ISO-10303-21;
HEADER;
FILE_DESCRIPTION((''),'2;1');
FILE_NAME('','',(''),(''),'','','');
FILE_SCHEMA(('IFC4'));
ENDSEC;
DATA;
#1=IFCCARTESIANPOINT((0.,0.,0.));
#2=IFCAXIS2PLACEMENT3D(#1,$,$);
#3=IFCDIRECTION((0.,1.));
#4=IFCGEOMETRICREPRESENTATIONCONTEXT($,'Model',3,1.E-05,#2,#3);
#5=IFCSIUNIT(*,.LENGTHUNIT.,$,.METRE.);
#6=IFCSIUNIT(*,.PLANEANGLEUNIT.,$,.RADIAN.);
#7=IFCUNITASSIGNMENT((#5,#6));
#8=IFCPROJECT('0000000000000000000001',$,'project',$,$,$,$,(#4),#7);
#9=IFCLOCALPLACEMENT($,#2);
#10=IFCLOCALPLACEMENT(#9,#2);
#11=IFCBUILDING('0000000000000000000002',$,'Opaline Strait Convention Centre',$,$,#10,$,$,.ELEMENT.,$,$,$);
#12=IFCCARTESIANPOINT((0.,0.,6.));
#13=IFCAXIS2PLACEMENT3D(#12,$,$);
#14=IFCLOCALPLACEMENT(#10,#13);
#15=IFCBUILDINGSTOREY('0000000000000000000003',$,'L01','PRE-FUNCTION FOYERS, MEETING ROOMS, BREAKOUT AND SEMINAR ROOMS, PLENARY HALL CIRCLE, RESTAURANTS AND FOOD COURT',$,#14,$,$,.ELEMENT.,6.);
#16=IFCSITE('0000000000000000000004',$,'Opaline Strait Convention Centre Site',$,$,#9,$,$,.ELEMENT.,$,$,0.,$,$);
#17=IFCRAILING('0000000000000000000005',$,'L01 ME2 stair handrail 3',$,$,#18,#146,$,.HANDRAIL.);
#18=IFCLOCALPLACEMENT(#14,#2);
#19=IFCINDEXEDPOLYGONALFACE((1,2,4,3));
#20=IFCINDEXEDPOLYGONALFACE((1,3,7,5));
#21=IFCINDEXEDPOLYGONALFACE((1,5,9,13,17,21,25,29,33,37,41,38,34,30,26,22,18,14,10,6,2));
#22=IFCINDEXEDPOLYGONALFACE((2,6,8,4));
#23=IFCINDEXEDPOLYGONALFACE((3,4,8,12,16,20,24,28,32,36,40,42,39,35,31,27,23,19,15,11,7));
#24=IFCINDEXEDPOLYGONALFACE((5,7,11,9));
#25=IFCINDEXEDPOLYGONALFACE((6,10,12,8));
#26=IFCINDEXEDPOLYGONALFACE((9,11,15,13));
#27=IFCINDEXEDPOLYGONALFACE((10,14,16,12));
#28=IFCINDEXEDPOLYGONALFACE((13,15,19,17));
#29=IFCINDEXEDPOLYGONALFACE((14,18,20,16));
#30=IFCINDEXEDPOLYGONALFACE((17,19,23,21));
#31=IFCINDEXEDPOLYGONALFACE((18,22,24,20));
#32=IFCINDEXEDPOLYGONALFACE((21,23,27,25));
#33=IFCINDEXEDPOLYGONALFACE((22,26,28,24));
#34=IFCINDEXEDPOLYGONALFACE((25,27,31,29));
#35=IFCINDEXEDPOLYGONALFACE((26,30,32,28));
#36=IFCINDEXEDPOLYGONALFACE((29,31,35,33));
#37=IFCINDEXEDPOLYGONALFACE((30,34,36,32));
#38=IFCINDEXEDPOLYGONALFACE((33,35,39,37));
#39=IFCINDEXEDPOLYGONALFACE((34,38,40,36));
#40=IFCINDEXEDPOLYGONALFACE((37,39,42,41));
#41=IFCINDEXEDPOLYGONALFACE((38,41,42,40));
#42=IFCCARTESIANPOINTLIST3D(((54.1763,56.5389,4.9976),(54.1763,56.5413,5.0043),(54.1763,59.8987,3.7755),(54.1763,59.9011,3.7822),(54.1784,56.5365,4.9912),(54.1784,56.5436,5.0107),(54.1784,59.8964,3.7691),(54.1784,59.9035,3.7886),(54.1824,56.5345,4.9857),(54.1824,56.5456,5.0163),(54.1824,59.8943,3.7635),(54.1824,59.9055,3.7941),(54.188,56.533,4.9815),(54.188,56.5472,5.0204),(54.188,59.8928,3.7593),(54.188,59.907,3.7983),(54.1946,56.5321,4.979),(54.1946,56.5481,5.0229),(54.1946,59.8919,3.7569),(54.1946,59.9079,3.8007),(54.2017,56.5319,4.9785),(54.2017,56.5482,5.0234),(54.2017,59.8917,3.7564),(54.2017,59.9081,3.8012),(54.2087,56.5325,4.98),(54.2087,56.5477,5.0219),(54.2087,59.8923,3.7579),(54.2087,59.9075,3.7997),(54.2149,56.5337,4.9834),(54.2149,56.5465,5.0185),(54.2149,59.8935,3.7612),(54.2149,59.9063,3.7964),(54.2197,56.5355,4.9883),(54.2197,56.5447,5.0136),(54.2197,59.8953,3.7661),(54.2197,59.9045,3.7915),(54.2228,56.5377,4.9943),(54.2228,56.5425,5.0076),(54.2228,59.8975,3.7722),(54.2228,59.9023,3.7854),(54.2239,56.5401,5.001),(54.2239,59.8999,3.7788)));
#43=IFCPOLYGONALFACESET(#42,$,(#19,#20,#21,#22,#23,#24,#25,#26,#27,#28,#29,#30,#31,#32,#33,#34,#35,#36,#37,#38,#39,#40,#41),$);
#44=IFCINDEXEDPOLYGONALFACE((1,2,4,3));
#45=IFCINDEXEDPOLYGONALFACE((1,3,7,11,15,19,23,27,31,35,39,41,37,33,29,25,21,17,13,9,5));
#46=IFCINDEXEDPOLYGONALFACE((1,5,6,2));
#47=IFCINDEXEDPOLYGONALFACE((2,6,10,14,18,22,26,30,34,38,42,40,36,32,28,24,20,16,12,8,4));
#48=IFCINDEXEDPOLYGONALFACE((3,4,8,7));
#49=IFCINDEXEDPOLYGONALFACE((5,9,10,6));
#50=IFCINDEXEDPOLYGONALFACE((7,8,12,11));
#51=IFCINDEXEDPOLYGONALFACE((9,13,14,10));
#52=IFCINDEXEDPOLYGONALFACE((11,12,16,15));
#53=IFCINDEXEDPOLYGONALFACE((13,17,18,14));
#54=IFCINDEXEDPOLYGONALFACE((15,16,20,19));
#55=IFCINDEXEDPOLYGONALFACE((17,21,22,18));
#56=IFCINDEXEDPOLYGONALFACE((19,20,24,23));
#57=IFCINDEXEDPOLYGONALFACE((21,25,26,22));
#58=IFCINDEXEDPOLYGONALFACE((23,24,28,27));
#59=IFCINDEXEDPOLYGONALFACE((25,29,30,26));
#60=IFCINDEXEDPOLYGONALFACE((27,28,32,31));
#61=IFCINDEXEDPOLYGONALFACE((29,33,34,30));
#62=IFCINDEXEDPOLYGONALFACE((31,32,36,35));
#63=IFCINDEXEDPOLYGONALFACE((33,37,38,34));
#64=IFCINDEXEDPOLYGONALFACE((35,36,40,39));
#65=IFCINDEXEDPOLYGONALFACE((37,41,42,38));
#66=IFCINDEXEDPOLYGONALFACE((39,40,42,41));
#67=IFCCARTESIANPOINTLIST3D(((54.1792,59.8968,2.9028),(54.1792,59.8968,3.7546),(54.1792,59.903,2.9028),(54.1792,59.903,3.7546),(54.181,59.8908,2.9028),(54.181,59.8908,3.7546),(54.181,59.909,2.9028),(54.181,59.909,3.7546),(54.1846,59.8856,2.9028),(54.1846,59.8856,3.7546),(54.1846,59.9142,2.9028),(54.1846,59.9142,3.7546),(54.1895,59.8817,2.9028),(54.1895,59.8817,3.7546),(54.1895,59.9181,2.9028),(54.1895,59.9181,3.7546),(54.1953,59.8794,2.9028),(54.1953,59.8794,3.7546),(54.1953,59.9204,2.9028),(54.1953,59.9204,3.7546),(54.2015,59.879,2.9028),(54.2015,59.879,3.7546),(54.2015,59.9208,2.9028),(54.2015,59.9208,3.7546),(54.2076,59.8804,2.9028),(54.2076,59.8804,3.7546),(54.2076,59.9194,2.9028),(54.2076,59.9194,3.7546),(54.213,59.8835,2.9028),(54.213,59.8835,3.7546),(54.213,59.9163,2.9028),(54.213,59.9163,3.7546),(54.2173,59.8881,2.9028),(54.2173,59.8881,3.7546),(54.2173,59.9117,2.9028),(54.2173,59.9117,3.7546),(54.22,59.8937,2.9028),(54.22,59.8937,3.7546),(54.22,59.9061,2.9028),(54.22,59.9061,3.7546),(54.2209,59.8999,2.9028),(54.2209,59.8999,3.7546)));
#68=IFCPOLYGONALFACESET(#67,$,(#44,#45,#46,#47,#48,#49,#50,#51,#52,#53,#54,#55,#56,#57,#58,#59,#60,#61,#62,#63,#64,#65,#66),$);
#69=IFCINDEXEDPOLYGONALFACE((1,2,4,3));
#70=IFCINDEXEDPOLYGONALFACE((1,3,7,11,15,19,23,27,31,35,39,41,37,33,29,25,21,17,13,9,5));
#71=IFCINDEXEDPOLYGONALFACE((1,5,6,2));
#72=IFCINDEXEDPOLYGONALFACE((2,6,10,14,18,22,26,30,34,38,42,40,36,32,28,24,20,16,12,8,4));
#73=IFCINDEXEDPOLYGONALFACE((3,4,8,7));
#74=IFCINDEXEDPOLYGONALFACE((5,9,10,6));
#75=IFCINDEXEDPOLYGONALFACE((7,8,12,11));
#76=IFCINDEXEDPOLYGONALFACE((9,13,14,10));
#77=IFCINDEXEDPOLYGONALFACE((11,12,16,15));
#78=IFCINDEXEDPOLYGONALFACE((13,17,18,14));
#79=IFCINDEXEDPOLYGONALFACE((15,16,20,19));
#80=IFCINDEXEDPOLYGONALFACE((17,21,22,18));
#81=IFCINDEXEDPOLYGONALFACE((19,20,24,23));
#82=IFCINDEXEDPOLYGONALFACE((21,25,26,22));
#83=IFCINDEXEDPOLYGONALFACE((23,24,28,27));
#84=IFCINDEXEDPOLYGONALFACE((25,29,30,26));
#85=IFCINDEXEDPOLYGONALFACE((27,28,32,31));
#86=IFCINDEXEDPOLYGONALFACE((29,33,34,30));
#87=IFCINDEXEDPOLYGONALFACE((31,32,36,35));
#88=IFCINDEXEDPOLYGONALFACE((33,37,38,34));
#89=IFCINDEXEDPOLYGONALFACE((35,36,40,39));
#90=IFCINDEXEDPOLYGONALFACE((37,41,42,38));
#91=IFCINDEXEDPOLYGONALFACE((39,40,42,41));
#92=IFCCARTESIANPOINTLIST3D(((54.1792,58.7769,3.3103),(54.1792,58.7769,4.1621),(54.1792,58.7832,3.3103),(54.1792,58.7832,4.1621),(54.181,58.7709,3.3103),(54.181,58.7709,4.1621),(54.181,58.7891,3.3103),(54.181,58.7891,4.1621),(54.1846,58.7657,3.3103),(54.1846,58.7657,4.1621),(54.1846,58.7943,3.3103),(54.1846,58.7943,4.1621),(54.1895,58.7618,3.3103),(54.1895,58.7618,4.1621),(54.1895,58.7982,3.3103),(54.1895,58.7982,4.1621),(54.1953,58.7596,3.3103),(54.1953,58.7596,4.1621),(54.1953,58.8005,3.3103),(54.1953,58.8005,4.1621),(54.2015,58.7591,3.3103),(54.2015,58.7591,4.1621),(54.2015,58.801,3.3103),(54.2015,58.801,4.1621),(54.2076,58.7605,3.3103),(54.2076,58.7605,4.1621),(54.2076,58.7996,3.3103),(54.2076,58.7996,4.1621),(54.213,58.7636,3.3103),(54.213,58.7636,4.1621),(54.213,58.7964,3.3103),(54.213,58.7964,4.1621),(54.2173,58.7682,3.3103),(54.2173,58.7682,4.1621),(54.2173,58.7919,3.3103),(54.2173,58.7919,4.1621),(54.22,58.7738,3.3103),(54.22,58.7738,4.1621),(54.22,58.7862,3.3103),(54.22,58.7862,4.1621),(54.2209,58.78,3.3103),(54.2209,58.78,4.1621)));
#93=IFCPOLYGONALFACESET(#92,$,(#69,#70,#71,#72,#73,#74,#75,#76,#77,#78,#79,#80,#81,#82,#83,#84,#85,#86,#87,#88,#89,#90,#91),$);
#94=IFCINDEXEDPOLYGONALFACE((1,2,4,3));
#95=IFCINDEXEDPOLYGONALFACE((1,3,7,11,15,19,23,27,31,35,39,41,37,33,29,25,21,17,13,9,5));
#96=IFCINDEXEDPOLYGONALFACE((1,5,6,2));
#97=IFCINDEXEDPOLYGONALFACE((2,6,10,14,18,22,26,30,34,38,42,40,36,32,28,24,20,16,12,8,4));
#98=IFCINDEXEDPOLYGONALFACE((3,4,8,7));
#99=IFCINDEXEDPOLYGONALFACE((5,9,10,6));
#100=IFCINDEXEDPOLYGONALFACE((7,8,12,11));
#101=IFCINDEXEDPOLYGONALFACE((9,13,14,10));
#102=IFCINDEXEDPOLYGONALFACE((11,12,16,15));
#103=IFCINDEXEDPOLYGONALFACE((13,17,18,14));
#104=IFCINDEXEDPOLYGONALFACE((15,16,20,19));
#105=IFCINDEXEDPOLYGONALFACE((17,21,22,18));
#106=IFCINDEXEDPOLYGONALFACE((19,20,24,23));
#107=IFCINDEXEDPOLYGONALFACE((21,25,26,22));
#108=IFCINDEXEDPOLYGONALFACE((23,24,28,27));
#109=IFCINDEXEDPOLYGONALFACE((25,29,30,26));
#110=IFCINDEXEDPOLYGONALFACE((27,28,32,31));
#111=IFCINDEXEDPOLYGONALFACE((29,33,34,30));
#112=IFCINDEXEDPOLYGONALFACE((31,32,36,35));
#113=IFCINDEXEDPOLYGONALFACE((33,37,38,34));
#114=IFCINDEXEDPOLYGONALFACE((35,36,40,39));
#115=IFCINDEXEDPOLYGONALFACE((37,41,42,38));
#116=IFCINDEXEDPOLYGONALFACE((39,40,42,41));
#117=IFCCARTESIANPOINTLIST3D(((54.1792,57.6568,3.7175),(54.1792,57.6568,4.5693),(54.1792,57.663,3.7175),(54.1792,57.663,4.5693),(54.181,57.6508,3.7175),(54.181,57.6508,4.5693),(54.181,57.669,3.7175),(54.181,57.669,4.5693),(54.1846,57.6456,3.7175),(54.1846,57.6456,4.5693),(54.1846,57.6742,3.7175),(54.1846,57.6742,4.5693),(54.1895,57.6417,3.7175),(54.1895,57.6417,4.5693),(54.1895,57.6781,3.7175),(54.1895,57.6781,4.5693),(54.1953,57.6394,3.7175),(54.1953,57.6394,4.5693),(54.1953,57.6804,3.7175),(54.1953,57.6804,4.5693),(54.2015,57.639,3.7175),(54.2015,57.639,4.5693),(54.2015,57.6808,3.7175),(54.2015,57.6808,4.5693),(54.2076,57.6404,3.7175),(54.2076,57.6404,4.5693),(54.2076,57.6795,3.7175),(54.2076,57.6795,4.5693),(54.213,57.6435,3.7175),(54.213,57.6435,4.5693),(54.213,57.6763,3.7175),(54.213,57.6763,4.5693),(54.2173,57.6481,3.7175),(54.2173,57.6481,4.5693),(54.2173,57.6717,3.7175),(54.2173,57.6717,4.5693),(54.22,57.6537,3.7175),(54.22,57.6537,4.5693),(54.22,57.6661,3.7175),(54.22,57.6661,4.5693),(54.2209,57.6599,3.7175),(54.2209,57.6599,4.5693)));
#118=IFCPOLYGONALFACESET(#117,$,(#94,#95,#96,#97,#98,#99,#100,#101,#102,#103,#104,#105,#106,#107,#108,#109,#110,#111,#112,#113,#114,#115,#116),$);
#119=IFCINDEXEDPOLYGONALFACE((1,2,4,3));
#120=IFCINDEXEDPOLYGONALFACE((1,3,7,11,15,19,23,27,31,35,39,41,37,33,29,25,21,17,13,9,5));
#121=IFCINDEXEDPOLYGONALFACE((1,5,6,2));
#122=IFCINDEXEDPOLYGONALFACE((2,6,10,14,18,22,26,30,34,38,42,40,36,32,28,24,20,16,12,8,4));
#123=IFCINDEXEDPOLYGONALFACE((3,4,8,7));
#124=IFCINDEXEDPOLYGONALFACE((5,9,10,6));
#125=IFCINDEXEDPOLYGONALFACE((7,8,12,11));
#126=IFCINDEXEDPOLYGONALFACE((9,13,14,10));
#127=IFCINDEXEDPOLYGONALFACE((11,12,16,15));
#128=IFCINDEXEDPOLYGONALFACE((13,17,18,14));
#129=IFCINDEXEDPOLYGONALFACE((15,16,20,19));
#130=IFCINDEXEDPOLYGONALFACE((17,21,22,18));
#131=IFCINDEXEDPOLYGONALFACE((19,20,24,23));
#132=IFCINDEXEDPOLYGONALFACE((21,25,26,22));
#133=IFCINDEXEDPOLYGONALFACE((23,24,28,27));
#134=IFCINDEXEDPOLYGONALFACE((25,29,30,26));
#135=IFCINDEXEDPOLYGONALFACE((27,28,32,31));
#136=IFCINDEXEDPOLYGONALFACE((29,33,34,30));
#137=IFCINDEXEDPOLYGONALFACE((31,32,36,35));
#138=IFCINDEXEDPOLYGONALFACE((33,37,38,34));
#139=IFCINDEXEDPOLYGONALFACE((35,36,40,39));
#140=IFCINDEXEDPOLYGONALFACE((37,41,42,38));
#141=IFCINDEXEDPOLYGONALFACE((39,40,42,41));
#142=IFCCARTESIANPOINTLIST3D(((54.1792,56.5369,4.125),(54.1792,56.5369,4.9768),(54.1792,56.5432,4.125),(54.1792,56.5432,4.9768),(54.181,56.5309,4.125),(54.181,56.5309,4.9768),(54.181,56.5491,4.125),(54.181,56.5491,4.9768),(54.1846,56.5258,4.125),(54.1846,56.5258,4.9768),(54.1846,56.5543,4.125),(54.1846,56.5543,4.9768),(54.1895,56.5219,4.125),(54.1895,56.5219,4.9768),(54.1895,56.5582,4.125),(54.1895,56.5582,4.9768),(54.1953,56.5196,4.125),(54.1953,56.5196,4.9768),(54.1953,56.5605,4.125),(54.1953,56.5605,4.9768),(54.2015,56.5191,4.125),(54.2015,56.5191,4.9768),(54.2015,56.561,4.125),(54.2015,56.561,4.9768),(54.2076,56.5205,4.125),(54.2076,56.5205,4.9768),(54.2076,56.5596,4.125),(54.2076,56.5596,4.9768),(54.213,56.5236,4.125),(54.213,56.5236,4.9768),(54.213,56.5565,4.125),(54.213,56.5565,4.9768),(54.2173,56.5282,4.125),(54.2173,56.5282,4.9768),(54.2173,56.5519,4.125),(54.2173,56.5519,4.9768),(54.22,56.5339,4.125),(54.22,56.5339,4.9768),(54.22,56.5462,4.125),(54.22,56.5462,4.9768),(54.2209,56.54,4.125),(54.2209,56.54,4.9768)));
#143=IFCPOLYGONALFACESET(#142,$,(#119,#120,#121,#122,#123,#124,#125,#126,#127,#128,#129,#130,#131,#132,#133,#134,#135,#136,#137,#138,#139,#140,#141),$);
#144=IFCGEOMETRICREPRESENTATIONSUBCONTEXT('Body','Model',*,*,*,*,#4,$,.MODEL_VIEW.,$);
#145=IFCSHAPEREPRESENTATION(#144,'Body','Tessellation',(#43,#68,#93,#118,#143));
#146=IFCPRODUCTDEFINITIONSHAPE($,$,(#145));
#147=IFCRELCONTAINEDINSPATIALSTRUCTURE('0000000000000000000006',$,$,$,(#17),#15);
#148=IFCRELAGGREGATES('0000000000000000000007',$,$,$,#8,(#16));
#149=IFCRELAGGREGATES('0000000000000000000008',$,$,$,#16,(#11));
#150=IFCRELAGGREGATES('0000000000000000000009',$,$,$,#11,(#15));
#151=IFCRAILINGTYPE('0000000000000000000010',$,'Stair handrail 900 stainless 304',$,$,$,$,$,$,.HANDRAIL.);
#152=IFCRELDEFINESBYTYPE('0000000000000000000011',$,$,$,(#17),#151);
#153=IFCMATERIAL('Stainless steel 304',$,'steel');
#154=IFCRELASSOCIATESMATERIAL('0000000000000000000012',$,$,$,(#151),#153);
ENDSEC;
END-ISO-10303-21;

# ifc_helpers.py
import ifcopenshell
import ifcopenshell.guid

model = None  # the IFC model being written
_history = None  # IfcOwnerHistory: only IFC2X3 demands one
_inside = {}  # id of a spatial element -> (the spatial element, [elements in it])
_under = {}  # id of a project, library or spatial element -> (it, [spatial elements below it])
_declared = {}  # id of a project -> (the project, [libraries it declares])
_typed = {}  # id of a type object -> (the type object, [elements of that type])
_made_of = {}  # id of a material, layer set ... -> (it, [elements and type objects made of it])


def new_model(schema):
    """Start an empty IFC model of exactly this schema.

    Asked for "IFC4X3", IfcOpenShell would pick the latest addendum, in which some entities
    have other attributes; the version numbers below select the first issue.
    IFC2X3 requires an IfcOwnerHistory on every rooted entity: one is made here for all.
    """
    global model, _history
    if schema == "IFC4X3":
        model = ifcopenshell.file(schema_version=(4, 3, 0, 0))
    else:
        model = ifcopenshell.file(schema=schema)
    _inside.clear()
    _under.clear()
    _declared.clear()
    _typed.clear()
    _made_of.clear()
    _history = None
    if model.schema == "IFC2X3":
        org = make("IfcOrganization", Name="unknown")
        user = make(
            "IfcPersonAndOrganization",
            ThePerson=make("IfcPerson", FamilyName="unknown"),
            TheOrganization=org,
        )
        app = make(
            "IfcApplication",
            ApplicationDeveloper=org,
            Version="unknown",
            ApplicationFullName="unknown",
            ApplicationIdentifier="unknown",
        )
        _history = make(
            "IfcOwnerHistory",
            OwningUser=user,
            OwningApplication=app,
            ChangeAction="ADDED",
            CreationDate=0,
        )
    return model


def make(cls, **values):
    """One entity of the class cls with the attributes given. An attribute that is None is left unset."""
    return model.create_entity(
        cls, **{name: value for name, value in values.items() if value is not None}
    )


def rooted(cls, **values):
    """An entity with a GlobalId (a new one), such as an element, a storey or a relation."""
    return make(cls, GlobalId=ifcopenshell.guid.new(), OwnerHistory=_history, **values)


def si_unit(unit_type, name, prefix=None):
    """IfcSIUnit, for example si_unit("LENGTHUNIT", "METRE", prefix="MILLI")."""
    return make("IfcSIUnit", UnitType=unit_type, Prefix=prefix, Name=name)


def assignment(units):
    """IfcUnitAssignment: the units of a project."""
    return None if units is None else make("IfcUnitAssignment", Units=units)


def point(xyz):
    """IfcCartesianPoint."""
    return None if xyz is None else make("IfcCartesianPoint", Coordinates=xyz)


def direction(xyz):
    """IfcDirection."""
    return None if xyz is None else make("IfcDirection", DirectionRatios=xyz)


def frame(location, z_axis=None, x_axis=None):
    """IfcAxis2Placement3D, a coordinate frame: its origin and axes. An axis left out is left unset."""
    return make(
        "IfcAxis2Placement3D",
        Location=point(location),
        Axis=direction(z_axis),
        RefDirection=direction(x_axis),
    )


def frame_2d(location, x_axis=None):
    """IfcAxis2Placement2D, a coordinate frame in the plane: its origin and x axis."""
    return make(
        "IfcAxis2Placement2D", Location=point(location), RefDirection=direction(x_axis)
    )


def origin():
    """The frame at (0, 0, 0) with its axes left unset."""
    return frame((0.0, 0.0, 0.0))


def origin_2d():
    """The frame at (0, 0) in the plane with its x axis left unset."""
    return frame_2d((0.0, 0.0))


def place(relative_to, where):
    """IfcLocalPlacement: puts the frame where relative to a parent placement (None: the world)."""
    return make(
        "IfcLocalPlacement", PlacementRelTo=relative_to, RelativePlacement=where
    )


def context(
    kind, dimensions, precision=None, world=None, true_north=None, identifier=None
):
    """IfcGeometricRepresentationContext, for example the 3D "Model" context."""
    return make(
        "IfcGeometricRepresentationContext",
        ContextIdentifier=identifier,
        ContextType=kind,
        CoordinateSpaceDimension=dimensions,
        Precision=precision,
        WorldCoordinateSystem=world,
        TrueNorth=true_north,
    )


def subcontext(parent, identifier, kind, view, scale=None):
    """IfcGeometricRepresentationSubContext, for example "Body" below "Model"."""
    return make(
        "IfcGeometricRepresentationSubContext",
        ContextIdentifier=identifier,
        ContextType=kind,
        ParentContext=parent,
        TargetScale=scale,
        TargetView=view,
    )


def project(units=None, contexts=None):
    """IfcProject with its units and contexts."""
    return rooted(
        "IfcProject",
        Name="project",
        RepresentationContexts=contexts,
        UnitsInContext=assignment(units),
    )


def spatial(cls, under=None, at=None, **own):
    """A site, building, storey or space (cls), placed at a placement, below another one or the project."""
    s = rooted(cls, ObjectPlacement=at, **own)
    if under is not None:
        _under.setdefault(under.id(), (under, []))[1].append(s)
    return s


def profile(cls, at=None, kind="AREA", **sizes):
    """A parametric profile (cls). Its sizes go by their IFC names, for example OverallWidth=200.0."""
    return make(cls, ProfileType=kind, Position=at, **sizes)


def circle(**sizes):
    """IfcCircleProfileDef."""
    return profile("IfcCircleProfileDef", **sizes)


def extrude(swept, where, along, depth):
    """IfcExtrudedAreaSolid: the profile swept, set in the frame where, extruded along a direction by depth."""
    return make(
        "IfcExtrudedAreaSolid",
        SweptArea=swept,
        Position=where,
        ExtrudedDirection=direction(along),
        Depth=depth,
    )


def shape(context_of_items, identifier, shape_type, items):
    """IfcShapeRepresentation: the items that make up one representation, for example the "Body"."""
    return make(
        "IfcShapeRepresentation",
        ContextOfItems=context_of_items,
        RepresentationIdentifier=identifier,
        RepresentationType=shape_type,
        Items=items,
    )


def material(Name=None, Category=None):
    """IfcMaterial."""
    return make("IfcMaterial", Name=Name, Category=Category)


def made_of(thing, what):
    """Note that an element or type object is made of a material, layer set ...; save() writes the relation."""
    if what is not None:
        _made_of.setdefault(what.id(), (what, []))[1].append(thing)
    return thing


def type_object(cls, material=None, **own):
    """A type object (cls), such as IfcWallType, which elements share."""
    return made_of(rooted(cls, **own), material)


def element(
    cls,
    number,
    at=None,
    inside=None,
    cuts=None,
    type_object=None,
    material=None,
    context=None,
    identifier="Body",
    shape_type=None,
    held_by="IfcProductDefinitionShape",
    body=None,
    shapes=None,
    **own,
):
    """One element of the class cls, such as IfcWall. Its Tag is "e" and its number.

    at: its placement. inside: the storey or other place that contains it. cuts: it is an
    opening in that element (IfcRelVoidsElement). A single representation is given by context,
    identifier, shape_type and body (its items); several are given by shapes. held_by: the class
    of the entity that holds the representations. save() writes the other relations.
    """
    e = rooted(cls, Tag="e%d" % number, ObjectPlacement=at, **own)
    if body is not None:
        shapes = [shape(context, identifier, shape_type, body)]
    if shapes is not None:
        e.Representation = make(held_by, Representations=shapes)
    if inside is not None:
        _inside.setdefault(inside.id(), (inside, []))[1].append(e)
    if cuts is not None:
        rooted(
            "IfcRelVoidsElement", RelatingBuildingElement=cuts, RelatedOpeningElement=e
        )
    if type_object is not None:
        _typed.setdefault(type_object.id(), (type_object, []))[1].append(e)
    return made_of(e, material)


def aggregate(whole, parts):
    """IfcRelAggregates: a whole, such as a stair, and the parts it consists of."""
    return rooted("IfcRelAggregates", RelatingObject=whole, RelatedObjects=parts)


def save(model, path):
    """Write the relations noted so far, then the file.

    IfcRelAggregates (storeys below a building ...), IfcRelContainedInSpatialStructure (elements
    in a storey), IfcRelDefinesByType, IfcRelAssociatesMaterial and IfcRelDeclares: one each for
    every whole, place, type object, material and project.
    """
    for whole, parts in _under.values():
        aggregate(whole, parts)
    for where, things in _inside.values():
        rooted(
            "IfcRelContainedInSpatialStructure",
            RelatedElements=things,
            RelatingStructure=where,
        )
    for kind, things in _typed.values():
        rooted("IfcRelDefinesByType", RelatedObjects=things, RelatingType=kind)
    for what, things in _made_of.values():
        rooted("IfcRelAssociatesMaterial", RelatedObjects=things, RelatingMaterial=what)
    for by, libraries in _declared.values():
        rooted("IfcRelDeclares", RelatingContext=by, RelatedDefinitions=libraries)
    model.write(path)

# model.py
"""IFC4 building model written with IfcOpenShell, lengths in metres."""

from ifc_helpers import new_model, si_unit, direction, frame, origin, origin_2d, place, context, subcontext, project, spatial, circle, extrude, material, type_object, element, save


model = new_model("IFC4")

# Units and contexts
model_context = context("Model", 3, precision=1e-05, world=origin(), true_north=direction((0.0, 1.0)))
body_context = subcontext(model_context, "Body", "Model", "MODEL_VIEW")
ifc_project = project(units=[si_unit("LENGTHUNIT", "METRE"), si_unit("PLANEANGLEUNIT", "RADIAN")], contexts=[model_context])

# Site, building, storey
site_placement = place(None, origin())
site = spatial("IfcSite", under=ifc_project, at=site_placement, Name="Opaline Strait Convention Centre Site", CompositionType="ELEMENT", RefElevation=0.0)
building_placement = place(site_placement, origin())
building = spatial("IfcBuilding", under=site, at=building_placement, Name="Opaline Strait Convention Centre", CompositionType="ELEMENT")
storey_placement = place(building_placement, frame((0.0, 0.0, 6.0)))
storey = spatial("IfcBuildingStorey", under=building, at=storey_placement, Name="L01", Description="PRE-FUNCTION FOYERS, MEETING ROOMS, BREAKOUT AND SEMINAR ROOMS, PLENARY HALL CIRCLE, RESTAURANTS AND FOOD COURT", CompositionType="ELEMENT", Elevation=6.0)

# Railing
ifc_material_1 = material(Name="Stainless steel 304", Category="steel")
railing_type_1 = type_object("IfcRailingType", Name="Stair handrail 900 stainless 304", PredefinedType="HANDRAIL", material=ifc_material_1)
for number, where, name in (
    (1, (54.2, 59.8999, 2.9028), "L01 ME2 stair handrail 3"),
):
    element("IfcRailing", number, at=place(storey_placement, frame(where)), inside=storey, type_object=railing_type_1, Name=name, PredefinedType="HANDRAIL", context=body_context, shape_type="SweptSolid", body=[
        extrude(circle(Radius=0.0239, at=origin_2d()), frame((0.0, 0.0, 0.876), z_axis=(0.0, -0.939758, 0.341842), x_axis=(1.0, 0.0, 0.0)), (0.0, 0.0, 1.0), 3.5752),
        extrude(circle(Radius=0.021, at=origin_2d()), origin(), (0.0, 0.0, 1.0), 0.8518),
        extrude(circle(Radius=0.021, at=origin_2d()), frame((0.0, -1.1199, 0.4075)), (0.0, 0.0, 1.0), 0.8518),
        extrude(circle(Radius=0.021, at=origin_2d()), frame((0.0, -2.24, 0.8147)), (0.0, 0.0, 1.0), 0.8518),
        extrude(circle(Radius=0.021, at=origin_2d()), frame((0.0, -3.3599, 1.2222)), (0.0, 0.0, 1.0), 0.8518),
    ])

save(model, "model.ifc")
